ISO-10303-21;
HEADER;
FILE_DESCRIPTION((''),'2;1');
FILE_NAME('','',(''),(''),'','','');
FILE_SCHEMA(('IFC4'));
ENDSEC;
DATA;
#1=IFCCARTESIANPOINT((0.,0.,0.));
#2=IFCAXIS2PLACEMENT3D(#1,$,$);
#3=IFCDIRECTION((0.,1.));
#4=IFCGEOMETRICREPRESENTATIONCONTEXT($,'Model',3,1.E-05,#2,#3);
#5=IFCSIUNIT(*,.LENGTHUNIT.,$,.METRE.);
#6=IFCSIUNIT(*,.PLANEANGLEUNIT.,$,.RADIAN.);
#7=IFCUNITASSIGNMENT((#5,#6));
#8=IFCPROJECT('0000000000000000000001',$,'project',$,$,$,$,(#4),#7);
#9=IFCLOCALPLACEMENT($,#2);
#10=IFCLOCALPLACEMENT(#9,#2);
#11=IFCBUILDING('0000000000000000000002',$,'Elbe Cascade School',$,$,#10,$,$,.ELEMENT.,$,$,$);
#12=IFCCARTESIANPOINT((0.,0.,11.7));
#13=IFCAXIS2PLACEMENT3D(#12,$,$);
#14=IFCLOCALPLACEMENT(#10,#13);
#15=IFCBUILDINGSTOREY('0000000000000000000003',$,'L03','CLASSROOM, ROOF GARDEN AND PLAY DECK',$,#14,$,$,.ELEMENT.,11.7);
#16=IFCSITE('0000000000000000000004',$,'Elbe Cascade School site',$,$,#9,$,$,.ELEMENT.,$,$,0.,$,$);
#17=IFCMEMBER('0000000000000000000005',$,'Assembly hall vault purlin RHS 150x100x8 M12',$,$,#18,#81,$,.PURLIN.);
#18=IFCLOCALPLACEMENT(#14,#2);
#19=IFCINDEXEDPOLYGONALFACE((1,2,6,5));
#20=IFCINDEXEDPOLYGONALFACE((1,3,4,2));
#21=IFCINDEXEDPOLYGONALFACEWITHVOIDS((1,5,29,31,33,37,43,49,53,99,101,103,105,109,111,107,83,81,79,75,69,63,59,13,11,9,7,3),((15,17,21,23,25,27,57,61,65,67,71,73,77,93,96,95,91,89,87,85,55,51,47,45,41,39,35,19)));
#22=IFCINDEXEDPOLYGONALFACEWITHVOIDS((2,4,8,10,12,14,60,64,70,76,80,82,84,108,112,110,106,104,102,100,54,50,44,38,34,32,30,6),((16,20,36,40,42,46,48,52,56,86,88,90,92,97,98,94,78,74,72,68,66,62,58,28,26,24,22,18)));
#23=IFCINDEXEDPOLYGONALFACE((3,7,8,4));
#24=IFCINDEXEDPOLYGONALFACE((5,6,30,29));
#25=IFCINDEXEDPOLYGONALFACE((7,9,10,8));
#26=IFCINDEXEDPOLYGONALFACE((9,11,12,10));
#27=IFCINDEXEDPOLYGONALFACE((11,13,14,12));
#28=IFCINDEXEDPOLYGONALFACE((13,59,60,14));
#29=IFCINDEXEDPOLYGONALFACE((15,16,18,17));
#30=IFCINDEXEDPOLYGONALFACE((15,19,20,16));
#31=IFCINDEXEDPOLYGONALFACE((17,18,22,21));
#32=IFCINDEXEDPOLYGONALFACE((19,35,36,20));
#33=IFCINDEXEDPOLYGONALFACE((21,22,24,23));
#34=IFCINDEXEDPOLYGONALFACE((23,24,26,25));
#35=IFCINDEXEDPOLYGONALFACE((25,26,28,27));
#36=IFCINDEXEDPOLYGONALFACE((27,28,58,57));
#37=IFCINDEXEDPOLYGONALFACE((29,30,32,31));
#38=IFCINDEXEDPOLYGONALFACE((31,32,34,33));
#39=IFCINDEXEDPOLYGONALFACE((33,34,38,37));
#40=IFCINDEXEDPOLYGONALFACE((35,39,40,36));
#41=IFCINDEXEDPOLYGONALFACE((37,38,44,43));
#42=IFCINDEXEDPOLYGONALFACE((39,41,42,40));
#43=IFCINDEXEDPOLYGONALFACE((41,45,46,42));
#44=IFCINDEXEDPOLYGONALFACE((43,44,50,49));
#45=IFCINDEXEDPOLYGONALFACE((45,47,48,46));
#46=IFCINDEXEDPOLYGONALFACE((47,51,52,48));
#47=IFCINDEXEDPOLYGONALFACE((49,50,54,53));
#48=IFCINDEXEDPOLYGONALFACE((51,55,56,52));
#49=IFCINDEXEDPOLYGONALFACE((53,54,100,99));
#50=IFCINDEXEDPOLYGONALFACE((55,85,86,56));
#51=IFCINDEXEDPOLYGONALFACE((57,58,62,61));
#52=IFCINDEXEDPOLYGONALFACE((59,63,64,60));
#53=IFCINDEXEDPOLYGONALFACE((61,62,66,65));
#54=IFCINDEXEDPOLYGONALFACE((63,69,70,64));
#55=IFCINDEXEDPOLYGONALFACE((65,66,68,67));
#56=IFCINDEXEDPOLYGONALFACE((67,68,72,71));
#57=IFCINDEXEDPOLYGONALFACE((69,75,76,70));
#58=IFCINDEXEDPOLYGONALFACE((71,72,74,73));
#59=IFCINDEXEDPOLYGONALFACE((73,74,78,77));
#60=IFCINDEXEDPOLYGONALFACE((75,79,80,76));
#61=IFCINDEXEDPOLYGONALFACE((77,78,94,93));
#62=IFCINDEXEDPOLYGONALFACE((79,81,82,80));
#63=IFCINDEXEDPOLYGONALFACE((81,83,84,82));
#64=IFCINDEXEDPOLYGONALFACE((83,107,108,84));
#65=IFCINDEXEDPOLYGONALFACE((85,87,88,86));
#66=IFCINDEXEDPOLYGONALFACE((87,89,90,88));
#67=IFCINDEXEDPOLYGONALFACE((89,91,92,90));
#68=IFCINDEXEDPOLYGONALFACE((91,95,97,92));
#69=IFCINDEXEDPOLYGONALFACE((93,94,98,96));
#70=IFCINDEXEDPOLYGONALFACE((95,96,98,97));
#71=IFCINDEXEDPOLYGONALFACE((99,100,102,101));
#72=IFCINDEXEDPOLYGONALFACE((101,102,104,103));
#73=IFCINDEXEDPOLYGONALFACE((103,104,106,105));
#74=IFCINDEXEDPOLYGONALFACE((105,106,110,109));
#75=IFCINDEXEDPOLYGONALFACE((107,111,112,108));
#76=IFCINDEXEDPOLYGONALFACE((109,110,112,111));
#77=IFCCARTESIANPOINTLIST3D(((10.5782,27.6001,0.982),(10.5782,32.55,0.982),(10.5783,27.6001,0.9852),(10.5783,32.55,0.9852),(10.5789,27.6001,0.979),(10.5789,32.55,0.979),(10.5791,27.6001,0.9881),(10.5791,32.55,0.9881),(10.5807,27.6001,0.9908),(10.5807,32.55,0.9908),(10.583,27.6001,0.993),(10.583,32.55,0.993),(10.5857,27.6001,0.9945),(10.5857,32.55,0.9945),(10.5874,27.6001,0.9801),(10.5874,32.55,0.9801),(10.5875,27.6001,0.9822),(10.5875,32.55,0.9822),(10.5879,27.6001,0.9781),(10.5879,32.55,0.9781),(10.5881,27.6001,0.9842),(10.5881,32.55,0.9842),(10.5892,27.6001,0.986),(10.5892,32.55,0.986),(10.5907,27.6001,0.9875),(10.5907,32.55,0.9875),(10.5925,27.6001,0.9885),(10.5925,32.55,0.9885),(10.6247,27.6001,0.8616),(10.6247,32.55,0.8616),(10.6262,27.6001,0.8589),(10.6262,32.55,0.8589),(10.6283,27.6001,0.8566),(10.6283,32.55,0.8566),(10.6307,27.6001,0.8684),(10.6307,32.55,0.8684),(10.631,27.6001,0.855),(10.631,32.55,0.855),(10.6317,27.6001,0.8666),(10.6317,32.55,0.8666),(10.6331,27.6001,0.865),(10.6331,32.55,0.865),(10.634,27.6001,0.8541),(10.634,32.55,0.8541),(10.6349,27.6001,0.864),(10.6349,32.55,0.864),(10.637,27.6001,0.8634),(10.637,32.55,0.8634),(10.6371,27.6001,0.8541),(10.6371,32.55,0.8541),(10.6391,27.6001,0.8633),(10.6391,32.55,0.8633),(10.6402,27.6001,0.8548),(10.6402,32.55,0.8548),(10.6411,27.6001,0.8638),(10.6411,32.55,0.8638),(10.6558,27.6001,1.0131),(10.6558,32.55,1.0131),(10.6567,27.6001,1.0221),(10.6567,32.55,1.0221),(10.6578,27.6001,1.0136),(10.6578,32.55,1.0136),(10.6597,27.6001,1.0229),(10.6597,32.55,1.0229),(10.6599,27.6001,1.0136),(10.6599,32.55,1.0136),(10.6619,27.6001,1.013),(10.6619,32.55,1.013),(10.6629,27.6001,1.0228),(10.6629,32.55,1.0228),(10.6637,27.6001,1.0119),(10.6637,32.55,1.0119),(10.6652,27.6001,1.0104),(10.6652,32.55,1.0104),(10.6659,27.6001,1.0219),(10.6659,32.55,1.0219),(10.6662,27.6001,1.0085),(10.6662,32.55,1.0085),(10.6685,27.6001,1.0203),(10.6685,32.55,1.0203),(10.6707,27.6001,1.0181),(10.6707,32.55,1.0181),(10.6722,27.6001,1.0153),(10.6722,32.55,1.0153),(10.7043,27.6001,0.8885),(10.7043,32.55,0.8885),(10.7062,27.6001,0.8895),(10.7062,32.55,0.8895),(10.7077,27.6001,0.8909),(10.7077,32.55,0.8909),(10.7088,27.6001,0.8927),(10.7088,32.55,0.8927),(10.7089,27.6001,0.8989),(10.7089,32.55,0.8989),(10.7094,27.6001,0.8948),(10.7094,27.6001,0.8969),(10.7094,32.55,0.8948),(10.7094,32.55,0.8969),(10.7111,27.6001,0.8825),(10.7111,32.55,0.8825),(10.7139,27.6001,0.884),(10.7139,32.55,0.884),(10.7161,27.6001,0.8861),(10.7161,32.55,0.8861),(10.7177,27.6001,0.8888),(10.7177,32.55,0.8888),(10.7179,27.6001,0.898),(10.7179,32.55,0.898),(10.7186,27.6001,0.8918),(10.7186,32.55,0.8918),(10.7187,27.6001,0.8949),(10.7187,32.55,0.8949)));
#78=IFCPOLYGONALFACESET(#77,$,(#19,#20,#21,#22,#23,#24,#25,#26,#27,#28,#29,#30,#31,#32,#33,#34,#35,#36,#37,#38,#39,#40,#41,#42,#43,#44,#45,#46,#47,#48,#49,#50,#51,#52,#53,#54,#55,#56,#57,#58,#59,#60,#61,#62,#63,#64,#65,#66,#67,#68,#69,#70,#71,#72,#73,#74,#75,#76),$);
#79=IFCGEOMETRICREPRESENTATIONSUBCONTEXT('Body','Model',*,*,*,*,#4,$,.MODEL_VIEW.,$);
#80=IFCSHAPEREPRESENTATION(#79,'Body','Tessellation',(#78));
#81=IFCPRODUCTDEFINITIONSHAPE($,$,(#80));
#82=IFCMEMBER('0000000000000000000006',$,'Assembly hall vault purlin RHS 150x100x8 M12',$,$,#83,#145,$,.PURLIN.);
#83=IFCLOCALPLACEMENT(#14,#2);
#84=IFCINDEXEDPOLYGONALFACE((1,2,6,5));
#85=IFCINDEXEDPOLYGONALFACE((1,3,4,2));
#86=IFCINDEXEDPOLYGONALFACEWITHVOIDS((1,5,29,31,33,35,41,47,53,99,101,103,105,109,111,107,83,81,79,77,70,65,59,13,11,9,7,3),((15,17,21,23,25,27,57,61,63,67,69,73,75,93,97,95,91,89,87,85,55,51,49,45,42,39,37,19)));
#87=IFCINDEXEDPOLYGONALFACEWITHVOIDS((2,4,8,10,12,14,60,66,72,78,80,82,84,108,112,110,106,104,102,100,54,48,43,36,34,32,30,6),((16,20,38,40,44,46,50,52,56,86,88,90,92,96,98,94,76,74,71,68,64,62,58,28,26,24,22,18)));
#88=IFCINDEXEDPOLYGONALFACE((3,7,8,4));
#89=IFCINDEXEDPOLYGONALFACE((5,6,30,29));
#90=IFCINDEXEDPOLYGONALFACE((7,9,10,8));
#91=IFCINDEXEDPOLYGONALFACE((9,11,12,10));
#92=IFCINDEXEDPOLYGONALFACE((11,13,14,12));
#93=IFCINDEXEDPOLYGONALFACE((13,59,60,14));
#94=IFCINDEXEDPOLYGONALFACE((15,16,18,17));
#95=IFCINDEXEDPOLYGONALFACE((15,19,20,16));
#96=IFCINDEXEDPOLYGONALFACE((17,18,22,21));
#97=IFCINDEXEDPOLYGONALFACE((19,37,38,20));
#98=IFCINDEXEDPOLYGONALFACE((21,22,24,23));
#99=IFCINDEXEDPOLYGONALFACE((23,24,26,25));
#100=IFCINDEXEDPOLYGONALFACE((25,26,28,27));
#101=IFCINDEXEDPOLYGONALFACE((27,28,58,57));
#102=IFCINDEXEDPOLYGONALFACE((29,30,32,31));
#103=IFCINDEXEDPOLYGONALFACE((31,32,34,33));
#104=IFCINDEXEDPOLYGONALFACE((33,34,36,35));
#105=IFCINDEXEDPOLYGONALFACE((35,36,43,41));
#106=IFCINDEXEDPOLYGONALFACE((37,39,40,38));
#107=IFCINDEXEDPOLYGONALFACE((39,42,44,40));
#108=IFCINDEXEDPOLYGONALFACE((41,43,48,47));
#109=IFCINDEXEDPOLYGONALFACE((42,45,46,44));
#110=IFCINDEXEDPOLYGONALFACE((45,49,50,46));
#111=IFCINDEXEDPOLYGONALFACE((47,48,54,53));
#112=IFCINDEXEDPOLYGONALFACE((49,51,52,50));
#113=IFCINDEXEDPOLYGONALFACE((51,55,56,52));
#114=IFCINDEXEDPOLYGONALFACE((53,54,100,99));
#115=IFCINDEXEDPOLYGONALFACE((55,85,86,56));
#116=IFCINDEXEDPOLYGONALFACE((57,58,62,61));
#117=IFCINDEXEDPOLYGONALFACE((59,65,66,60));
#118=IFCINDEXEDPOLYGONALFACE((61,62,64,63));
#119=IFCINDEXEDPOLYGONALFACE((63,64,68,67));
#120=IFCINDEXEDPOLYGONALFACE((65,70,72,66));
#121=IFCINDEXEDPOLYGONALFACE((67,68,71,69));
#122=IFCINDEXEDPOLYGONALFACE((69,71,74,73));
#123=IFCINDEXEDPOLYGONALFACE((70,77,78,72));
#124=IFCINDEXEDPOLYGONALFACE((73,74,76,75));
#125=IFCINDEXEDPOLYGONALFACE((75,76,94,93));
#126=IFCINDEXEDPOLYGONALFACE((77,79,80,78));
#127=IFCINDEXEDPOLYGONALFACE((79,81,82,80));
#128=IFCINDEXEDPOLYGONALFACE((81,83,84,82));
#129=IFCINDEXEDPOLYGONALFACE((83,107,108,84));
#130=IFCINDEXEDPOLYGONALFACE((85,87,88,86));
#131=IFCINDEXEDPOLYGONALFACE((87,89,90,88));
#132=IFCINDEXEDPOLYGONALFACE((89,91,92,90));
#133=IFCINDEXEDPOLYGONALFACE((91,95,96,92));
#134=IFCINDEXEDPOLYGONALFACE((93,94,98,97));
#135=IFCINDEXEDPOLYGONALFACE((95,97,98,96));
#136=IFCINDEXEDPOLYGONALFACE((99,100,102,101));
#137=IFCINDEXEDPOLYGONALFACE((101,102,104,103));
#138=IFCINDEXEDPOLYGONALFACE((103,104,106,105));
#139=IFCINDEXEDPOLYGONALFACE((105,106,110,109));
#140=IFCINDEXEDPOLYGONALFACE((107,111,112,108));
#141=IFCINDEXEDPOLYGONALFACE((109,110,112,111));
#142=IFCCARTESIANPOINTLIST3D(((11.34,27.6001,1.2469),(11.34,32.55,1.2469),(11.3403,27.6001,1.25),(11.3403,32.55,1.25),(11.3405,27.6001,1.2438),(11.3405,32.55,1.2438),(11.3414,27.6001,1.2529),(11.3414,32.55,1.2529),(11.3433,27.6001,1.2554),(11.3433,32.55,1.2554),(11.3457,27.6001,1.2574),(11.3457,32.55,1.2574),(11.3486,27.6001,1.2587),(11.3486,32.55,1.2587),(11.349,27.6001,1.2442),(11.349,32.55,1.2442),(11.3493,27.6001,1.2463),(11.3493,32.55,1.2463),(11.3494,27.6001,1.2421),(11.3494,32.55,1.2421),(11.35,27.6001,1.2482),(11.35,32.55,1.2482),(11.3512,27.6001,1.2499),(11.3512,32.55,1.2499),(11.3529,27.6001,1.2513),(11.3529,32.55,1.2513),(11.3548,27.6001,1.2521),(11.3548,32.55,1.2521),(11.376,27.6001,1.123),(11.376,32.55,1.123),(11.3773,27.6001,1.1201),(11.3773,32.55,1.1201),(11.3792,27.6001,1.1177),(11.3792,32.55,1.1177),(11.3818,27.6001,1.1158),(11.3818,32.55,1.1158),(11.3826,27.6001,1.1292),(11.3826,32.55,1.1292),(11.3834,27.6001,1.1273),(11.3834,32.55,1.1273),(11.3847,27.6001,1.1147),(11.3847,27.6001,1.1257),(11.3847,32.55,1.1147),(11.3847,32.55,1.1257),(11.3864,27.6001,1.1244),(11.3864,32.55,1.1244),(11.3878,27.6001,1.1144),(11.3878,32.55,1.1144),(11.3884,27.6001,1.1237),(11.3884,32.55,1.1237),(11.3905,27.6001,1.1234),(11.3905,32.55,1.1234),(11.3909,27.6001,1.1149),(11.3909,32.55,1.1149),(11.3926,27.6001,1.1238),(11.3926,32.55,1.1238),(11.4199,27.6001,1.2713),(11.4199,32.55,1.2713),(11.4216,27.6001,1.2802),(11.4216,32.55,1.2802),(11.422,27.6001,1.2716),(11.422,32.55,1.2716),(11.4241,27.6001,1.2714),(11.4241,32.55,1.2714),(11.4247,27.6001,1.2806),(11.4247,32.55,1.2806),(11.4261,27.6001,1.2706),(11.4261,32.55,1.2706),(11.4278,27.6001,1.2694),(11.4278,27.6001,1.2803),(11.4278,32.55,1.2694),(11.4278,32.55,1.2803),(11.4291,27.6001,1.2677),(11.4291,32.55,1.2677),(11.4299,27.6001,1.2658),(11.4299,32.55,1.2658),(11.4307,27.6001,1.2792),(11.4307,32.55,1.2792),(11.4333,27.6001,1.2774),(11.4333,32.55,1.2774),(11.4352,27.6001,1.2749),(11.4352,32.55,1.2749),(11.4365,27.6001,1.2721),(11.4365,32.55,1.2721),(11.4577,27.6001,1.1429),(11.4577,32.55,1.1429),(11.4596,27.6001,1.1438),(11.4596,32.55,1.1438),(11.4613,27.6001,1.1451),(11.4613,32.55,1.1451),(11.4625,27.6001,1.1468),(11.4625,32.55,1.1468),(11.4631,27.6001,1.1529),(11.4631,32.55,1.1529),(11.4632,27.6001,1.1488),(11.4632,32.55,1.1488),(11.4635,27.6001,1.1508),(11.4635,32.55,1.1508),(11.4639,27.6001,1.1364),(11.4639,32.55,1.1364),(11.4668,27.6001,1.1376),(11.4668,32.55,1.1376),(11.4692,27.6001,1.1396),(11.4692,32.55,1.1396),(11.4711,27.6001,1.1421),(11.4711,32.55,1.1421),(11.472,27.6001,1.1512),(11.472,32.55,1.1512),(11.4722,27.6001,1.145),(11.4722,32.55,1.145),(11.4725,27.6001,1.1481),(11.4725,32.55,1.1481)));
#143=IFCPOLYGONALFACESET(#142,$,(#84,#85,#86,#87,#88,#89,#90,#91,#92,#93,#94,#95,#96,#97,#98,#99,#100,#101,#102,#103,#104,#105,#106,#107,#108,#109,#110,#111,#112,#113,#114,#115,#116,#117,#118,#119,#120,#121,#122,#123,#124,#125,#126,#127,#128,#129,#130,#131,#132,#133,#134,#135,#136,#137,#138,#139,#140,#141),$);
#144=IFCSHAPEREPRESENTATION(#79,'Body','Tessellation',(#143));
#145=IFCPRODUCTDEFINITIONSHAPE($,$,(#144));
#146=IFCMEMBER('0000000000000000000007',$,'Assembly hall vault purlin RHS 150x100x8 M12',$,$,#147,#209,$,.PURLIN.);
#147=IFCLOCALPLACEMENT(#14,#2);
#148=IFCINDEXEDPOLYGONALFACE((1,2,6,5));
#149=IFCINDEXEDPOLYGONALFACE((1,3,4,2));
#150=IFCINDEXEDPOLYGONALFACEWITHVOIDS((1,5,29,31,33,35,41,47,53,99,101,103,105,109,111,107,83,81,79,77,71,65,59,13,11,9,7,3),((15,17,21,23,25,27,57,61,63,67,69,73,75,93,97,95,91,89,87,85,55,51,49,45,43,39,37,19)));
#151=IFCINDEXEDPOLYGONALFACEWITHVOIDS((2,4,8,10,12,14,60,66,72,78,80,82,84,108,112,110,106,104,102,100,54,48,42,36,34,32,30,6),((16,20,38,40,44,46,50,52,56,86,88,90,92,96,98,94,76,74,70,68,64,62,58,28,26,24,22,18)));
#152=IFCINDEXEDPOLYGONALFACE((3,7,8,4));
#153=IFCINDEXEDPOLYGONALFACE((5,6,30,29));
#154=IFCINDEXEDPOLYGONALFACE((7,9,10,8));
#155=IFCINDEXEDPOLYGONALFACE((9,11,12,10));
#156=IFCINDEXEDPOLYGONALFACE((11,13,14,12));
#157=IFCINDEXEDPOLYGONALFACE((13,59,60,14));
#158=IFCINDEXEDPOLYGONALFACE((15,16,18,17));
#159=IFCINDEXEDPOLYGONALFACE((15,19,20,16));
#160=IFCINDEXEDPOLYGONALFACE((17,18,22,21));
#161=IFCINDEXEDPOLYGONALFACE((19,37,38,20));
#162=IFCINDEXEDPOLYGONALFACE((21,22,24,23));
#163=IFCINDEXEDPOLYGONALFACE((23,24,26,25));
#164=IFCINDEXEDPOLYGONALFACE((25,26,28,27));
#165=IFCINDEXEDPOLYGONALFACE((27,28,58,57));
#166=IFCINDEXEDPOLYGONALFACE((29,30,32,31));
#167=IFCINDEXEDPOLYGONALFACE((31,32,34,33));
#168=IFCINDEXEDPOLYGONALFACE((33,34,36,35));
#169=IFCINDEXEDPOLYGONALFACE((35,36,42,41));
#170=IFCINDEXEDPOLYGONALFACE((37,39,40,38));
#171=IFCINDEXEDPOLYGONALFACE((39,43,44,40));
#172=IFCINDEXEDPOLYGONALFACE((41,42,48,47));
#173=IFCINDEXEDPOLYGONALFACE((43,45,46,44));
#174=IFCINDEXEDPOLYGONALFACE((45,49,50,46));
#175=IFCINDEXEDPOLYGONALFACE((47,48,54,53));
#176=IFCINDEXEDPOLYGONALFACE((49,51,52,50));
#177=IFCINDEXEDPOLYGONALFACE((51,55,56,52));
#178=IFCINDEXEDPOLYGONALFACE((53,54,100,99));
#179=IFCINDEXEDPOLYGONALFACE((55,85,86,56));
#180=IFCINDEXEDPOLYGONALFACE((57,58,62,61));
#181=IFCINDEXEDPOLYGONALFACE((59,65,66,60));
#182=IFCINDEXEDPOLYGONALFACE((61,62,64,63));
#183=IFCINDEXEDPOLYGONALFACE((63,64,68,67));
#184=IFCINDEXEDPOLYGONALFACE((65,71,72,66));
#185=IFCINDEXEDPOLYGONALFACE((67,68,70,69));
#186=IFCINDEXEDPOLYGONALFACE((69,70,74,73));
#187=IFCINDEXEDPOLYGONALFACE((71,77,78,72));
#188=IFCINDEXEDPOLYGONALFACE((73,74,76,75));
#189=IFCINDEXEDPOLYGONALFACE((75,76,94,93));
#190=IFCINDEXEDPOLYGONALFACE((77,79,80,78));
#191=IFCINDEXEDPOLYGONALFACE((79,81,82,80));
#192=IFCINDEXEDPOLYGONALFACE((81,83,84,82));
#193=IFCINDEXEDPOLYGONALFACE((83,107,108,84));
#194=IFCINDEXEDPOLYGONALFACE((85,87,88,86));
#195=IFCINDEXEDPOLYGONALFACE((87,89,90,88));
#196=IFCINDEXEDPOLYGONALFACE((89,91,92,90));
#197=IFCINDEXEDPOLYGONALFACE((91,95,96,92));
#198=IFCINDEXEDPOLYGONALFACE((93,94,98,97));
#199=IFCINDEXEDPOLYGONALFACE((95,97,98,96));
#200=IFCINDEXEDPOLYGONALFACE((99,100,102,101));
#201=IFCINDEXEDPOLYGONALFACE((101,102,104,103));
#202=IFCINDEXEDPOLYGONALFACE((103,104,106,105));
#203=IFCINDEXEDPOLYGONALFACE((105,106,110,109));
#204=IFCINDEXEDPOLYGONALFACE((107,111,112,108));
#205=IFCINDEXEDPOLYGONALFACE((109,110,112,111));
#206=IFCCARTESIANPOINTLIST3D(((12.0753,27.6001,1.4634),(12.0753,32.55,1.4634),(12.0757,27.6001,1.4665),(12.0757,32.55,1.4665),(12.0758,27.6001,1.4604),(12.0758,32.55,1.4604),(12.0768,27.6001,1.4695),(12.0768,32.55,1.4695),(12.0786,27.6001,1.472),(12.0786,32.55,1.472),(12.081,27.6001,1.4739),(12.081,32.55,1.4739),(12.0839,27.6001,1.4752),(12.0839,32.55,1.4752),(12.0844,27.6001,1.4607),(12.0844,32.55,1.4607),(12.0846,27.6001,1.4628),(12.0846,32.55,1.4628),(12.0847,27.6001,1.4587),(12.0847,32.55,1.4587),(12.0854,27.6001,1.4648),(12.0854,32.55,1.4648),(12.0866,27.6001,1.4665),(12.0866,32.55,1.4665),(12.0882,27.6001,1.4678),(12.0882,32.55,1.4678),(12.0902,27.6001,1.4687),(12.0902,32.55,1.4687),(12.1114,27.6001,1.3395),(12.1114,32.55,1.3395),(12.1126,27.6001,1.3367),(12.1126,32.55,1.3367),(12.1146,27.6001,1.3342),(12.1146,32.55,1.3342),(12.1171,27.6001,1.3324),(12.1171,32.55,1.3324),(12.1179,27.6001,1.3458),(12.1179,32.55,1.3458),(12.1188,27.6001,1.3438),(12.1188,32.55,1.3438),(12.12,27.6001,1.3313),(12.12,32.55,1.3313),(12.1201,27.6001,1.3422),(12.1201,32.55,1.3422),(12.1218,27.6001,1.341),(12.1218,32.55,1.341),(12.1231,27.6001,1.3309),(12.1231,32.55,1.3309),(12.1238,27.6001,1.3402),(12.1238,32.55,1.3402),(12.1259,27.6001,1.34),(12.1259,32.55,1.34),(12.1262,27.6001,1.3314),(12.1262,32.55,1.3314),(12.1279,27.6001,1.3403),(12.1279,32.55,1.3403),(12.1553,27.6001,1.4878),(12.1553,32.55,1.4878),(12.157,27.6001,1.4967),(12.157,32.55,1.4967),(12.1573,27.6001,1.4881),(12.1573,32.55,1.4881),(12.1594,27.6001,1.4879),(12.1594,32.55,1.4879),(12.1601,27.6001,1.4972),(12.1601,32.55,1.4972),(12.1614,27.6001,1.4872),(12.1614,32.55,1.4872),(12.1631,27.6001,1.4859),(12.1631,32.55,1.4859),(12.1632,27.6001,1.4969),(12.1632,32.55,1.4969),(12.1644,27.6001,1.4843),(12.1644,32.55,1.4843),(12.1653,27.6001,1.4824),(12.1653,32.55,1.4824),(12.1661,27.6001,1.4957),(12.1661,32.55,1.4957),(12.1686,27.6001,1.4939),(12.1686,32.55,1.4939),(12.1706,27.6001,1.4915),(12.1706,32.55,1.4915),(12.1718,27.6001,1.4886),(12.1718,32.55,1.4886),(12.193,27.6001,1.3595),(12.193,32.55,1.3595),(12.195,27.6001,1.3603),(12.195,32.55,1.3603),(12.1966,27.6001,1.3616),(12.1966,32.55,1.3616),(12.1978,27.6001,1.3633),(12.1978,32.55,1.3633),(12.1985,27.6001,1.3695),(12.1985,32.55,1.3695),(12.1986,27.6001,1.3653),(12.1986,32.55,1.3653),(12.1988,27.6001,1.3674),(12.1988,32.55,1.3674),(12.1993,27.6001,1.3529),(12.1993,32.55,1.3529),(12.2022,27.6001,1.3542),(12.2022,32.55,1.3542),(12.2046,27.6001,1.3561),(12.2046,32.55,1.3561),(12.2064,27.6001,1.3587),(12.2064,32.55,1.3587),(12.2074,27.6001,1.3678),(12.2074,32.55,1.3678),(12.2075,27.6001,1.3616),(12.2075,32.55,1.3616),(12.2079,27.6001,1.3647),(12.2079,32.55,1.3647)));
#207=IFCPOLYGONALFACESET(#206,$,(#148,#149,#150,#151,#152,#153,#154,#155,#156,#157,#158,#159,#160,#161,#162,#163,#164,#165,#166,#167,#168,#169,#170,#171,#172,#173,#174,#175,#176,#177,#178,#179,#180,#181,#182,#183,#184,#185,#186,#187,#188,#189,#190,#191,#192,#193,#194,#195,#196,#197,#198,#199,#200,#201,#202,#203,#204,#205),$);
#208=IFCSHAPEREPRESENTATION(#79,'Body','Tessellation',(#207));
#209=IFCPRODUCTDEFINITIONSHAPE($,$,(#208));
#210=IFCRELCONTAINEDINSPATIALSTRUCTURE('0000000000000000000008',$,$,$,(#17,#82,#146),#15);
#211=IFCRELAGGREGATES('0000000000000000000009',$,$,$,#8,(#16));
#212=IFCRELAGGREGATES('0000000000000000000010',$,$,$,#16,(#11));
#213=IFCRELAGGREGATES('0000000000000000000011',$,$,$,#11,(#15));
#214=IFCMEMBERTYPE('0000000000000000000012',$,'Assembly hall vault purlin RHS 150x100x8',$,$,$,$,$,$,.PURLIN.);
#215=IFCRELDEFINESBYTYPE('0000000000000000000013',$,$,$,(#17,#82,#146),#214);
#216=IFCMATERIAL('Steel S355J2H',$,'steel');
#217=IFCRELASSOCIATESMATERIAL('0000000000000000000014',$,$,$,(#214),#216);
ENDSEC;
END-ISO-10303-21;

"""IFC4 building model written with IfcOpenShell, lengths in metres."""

from ifc_helpers import new_model, si_unit, direction, frame, origin, origin_2d, place, context, subcontext, project, spatial, hollow_rectangle, extrude, material, material_profile, profile_set, type_object, element, save


model = new_model("IFC4")

# Units and contexts
model_context = context("Model", 3, precision=1e-05, world=origin(), true_north=direction((0.0, 1.0)))
body_context = subcontext(model_context, "Body", "Model", "MODEL_VIEW")
ifc_project = project(units=[si_unit("LENGTHUNIT", "METRE"), si_unit("PLANEANGLEUNIT", "RADIAN")], contexts=[model_context])

# Site, building, storey
site_placement = place(None, origin())
site = spatial("IfcSite", under=ifc_project, at=site_placement, Name="Elbe Cascade School site", CompositionType="ELEMENT", RefElevation=0.0)
building_placement = place(site_placement, origin())
building = spatial("IfcBuilding", under=site, at=building_placement, Name="Elbe Cascade School", CompositionType="ELEMENT")
storey_placement = place(building_placement, frame((0.0, 0.0, 11.7)))
storey = spatial("IfcBuildingStorey", under=building, at=storey_placement, Name="L03", Description="CLASSROOM, ROOF GARDEN AND PLAY DECK", CompositionType="ELEMENT", Elevation=11.7)

# Members
ifc_material_1 = material(Name="Steel S355J2H", Category="steel")
ifc_material_profile_1 = material_profile(ifc_material_1, hollow_rectangle(XDim=0.1001, YDim=0.1499, WallThickness=0.0081, InnerFilletRadius=0.0081, OuterFilletRadius=0.012, at=origin_2d()), Name="RHS 150x100x8")
ifc_profile_set_1 = profile_set([ifc_material_profile_1], Name="Steel S355J2H")
member_type_1 = type_object("IfcMemberType", Name="Assembly hall vault purlin RHS 150x100x8", PredefinedType="PURLIN", material=ifc_profile_set_1)
for number, where, z_axis, x_axis, name in (
    (1, (10.6484, 27.6001, 0.9385), (0.0, 1.0, 0.0), (-0.93176, 0.0, -0.363076), "Assembly hall vault purlin RHS 150x100x8 M12"),
    (2, (11.4062, 27.6001, 1.1975), (0.0, 1.0, 0.0), (-0.959321, 0.0, -0.282318), "Assembly hall vault purlin RHS 150x100x8 M12"),
    (3, (12.1416, 27.6001, 1.4141), (0.0, 1.0, 0.0), (-0.959321, 0.0, -0.282318), "Assembly hall vault purlin RHS 150x100x8 M12"),
):
    element("IfcMember", number, at=place(storey_placement, frame(where, z_axis=z_axis, x_axis=x_axis)), inside=storey, type_object=member_type_1, Name=name, PredefinedType="PURLIN", context=body_context, shape_type="SweptSolid", body=[
        extrude(hollow_rectangle(XDim=0.1001, YDim=0.1499, WallThickness=0.0081, InnerFilletRadius=0.0081, OuterFilletRadius=0.012, at=origin_2d()), origin(), (0.0, 0.0, 1.0), 4.95),
    ])

save(model, "model.ifc")
